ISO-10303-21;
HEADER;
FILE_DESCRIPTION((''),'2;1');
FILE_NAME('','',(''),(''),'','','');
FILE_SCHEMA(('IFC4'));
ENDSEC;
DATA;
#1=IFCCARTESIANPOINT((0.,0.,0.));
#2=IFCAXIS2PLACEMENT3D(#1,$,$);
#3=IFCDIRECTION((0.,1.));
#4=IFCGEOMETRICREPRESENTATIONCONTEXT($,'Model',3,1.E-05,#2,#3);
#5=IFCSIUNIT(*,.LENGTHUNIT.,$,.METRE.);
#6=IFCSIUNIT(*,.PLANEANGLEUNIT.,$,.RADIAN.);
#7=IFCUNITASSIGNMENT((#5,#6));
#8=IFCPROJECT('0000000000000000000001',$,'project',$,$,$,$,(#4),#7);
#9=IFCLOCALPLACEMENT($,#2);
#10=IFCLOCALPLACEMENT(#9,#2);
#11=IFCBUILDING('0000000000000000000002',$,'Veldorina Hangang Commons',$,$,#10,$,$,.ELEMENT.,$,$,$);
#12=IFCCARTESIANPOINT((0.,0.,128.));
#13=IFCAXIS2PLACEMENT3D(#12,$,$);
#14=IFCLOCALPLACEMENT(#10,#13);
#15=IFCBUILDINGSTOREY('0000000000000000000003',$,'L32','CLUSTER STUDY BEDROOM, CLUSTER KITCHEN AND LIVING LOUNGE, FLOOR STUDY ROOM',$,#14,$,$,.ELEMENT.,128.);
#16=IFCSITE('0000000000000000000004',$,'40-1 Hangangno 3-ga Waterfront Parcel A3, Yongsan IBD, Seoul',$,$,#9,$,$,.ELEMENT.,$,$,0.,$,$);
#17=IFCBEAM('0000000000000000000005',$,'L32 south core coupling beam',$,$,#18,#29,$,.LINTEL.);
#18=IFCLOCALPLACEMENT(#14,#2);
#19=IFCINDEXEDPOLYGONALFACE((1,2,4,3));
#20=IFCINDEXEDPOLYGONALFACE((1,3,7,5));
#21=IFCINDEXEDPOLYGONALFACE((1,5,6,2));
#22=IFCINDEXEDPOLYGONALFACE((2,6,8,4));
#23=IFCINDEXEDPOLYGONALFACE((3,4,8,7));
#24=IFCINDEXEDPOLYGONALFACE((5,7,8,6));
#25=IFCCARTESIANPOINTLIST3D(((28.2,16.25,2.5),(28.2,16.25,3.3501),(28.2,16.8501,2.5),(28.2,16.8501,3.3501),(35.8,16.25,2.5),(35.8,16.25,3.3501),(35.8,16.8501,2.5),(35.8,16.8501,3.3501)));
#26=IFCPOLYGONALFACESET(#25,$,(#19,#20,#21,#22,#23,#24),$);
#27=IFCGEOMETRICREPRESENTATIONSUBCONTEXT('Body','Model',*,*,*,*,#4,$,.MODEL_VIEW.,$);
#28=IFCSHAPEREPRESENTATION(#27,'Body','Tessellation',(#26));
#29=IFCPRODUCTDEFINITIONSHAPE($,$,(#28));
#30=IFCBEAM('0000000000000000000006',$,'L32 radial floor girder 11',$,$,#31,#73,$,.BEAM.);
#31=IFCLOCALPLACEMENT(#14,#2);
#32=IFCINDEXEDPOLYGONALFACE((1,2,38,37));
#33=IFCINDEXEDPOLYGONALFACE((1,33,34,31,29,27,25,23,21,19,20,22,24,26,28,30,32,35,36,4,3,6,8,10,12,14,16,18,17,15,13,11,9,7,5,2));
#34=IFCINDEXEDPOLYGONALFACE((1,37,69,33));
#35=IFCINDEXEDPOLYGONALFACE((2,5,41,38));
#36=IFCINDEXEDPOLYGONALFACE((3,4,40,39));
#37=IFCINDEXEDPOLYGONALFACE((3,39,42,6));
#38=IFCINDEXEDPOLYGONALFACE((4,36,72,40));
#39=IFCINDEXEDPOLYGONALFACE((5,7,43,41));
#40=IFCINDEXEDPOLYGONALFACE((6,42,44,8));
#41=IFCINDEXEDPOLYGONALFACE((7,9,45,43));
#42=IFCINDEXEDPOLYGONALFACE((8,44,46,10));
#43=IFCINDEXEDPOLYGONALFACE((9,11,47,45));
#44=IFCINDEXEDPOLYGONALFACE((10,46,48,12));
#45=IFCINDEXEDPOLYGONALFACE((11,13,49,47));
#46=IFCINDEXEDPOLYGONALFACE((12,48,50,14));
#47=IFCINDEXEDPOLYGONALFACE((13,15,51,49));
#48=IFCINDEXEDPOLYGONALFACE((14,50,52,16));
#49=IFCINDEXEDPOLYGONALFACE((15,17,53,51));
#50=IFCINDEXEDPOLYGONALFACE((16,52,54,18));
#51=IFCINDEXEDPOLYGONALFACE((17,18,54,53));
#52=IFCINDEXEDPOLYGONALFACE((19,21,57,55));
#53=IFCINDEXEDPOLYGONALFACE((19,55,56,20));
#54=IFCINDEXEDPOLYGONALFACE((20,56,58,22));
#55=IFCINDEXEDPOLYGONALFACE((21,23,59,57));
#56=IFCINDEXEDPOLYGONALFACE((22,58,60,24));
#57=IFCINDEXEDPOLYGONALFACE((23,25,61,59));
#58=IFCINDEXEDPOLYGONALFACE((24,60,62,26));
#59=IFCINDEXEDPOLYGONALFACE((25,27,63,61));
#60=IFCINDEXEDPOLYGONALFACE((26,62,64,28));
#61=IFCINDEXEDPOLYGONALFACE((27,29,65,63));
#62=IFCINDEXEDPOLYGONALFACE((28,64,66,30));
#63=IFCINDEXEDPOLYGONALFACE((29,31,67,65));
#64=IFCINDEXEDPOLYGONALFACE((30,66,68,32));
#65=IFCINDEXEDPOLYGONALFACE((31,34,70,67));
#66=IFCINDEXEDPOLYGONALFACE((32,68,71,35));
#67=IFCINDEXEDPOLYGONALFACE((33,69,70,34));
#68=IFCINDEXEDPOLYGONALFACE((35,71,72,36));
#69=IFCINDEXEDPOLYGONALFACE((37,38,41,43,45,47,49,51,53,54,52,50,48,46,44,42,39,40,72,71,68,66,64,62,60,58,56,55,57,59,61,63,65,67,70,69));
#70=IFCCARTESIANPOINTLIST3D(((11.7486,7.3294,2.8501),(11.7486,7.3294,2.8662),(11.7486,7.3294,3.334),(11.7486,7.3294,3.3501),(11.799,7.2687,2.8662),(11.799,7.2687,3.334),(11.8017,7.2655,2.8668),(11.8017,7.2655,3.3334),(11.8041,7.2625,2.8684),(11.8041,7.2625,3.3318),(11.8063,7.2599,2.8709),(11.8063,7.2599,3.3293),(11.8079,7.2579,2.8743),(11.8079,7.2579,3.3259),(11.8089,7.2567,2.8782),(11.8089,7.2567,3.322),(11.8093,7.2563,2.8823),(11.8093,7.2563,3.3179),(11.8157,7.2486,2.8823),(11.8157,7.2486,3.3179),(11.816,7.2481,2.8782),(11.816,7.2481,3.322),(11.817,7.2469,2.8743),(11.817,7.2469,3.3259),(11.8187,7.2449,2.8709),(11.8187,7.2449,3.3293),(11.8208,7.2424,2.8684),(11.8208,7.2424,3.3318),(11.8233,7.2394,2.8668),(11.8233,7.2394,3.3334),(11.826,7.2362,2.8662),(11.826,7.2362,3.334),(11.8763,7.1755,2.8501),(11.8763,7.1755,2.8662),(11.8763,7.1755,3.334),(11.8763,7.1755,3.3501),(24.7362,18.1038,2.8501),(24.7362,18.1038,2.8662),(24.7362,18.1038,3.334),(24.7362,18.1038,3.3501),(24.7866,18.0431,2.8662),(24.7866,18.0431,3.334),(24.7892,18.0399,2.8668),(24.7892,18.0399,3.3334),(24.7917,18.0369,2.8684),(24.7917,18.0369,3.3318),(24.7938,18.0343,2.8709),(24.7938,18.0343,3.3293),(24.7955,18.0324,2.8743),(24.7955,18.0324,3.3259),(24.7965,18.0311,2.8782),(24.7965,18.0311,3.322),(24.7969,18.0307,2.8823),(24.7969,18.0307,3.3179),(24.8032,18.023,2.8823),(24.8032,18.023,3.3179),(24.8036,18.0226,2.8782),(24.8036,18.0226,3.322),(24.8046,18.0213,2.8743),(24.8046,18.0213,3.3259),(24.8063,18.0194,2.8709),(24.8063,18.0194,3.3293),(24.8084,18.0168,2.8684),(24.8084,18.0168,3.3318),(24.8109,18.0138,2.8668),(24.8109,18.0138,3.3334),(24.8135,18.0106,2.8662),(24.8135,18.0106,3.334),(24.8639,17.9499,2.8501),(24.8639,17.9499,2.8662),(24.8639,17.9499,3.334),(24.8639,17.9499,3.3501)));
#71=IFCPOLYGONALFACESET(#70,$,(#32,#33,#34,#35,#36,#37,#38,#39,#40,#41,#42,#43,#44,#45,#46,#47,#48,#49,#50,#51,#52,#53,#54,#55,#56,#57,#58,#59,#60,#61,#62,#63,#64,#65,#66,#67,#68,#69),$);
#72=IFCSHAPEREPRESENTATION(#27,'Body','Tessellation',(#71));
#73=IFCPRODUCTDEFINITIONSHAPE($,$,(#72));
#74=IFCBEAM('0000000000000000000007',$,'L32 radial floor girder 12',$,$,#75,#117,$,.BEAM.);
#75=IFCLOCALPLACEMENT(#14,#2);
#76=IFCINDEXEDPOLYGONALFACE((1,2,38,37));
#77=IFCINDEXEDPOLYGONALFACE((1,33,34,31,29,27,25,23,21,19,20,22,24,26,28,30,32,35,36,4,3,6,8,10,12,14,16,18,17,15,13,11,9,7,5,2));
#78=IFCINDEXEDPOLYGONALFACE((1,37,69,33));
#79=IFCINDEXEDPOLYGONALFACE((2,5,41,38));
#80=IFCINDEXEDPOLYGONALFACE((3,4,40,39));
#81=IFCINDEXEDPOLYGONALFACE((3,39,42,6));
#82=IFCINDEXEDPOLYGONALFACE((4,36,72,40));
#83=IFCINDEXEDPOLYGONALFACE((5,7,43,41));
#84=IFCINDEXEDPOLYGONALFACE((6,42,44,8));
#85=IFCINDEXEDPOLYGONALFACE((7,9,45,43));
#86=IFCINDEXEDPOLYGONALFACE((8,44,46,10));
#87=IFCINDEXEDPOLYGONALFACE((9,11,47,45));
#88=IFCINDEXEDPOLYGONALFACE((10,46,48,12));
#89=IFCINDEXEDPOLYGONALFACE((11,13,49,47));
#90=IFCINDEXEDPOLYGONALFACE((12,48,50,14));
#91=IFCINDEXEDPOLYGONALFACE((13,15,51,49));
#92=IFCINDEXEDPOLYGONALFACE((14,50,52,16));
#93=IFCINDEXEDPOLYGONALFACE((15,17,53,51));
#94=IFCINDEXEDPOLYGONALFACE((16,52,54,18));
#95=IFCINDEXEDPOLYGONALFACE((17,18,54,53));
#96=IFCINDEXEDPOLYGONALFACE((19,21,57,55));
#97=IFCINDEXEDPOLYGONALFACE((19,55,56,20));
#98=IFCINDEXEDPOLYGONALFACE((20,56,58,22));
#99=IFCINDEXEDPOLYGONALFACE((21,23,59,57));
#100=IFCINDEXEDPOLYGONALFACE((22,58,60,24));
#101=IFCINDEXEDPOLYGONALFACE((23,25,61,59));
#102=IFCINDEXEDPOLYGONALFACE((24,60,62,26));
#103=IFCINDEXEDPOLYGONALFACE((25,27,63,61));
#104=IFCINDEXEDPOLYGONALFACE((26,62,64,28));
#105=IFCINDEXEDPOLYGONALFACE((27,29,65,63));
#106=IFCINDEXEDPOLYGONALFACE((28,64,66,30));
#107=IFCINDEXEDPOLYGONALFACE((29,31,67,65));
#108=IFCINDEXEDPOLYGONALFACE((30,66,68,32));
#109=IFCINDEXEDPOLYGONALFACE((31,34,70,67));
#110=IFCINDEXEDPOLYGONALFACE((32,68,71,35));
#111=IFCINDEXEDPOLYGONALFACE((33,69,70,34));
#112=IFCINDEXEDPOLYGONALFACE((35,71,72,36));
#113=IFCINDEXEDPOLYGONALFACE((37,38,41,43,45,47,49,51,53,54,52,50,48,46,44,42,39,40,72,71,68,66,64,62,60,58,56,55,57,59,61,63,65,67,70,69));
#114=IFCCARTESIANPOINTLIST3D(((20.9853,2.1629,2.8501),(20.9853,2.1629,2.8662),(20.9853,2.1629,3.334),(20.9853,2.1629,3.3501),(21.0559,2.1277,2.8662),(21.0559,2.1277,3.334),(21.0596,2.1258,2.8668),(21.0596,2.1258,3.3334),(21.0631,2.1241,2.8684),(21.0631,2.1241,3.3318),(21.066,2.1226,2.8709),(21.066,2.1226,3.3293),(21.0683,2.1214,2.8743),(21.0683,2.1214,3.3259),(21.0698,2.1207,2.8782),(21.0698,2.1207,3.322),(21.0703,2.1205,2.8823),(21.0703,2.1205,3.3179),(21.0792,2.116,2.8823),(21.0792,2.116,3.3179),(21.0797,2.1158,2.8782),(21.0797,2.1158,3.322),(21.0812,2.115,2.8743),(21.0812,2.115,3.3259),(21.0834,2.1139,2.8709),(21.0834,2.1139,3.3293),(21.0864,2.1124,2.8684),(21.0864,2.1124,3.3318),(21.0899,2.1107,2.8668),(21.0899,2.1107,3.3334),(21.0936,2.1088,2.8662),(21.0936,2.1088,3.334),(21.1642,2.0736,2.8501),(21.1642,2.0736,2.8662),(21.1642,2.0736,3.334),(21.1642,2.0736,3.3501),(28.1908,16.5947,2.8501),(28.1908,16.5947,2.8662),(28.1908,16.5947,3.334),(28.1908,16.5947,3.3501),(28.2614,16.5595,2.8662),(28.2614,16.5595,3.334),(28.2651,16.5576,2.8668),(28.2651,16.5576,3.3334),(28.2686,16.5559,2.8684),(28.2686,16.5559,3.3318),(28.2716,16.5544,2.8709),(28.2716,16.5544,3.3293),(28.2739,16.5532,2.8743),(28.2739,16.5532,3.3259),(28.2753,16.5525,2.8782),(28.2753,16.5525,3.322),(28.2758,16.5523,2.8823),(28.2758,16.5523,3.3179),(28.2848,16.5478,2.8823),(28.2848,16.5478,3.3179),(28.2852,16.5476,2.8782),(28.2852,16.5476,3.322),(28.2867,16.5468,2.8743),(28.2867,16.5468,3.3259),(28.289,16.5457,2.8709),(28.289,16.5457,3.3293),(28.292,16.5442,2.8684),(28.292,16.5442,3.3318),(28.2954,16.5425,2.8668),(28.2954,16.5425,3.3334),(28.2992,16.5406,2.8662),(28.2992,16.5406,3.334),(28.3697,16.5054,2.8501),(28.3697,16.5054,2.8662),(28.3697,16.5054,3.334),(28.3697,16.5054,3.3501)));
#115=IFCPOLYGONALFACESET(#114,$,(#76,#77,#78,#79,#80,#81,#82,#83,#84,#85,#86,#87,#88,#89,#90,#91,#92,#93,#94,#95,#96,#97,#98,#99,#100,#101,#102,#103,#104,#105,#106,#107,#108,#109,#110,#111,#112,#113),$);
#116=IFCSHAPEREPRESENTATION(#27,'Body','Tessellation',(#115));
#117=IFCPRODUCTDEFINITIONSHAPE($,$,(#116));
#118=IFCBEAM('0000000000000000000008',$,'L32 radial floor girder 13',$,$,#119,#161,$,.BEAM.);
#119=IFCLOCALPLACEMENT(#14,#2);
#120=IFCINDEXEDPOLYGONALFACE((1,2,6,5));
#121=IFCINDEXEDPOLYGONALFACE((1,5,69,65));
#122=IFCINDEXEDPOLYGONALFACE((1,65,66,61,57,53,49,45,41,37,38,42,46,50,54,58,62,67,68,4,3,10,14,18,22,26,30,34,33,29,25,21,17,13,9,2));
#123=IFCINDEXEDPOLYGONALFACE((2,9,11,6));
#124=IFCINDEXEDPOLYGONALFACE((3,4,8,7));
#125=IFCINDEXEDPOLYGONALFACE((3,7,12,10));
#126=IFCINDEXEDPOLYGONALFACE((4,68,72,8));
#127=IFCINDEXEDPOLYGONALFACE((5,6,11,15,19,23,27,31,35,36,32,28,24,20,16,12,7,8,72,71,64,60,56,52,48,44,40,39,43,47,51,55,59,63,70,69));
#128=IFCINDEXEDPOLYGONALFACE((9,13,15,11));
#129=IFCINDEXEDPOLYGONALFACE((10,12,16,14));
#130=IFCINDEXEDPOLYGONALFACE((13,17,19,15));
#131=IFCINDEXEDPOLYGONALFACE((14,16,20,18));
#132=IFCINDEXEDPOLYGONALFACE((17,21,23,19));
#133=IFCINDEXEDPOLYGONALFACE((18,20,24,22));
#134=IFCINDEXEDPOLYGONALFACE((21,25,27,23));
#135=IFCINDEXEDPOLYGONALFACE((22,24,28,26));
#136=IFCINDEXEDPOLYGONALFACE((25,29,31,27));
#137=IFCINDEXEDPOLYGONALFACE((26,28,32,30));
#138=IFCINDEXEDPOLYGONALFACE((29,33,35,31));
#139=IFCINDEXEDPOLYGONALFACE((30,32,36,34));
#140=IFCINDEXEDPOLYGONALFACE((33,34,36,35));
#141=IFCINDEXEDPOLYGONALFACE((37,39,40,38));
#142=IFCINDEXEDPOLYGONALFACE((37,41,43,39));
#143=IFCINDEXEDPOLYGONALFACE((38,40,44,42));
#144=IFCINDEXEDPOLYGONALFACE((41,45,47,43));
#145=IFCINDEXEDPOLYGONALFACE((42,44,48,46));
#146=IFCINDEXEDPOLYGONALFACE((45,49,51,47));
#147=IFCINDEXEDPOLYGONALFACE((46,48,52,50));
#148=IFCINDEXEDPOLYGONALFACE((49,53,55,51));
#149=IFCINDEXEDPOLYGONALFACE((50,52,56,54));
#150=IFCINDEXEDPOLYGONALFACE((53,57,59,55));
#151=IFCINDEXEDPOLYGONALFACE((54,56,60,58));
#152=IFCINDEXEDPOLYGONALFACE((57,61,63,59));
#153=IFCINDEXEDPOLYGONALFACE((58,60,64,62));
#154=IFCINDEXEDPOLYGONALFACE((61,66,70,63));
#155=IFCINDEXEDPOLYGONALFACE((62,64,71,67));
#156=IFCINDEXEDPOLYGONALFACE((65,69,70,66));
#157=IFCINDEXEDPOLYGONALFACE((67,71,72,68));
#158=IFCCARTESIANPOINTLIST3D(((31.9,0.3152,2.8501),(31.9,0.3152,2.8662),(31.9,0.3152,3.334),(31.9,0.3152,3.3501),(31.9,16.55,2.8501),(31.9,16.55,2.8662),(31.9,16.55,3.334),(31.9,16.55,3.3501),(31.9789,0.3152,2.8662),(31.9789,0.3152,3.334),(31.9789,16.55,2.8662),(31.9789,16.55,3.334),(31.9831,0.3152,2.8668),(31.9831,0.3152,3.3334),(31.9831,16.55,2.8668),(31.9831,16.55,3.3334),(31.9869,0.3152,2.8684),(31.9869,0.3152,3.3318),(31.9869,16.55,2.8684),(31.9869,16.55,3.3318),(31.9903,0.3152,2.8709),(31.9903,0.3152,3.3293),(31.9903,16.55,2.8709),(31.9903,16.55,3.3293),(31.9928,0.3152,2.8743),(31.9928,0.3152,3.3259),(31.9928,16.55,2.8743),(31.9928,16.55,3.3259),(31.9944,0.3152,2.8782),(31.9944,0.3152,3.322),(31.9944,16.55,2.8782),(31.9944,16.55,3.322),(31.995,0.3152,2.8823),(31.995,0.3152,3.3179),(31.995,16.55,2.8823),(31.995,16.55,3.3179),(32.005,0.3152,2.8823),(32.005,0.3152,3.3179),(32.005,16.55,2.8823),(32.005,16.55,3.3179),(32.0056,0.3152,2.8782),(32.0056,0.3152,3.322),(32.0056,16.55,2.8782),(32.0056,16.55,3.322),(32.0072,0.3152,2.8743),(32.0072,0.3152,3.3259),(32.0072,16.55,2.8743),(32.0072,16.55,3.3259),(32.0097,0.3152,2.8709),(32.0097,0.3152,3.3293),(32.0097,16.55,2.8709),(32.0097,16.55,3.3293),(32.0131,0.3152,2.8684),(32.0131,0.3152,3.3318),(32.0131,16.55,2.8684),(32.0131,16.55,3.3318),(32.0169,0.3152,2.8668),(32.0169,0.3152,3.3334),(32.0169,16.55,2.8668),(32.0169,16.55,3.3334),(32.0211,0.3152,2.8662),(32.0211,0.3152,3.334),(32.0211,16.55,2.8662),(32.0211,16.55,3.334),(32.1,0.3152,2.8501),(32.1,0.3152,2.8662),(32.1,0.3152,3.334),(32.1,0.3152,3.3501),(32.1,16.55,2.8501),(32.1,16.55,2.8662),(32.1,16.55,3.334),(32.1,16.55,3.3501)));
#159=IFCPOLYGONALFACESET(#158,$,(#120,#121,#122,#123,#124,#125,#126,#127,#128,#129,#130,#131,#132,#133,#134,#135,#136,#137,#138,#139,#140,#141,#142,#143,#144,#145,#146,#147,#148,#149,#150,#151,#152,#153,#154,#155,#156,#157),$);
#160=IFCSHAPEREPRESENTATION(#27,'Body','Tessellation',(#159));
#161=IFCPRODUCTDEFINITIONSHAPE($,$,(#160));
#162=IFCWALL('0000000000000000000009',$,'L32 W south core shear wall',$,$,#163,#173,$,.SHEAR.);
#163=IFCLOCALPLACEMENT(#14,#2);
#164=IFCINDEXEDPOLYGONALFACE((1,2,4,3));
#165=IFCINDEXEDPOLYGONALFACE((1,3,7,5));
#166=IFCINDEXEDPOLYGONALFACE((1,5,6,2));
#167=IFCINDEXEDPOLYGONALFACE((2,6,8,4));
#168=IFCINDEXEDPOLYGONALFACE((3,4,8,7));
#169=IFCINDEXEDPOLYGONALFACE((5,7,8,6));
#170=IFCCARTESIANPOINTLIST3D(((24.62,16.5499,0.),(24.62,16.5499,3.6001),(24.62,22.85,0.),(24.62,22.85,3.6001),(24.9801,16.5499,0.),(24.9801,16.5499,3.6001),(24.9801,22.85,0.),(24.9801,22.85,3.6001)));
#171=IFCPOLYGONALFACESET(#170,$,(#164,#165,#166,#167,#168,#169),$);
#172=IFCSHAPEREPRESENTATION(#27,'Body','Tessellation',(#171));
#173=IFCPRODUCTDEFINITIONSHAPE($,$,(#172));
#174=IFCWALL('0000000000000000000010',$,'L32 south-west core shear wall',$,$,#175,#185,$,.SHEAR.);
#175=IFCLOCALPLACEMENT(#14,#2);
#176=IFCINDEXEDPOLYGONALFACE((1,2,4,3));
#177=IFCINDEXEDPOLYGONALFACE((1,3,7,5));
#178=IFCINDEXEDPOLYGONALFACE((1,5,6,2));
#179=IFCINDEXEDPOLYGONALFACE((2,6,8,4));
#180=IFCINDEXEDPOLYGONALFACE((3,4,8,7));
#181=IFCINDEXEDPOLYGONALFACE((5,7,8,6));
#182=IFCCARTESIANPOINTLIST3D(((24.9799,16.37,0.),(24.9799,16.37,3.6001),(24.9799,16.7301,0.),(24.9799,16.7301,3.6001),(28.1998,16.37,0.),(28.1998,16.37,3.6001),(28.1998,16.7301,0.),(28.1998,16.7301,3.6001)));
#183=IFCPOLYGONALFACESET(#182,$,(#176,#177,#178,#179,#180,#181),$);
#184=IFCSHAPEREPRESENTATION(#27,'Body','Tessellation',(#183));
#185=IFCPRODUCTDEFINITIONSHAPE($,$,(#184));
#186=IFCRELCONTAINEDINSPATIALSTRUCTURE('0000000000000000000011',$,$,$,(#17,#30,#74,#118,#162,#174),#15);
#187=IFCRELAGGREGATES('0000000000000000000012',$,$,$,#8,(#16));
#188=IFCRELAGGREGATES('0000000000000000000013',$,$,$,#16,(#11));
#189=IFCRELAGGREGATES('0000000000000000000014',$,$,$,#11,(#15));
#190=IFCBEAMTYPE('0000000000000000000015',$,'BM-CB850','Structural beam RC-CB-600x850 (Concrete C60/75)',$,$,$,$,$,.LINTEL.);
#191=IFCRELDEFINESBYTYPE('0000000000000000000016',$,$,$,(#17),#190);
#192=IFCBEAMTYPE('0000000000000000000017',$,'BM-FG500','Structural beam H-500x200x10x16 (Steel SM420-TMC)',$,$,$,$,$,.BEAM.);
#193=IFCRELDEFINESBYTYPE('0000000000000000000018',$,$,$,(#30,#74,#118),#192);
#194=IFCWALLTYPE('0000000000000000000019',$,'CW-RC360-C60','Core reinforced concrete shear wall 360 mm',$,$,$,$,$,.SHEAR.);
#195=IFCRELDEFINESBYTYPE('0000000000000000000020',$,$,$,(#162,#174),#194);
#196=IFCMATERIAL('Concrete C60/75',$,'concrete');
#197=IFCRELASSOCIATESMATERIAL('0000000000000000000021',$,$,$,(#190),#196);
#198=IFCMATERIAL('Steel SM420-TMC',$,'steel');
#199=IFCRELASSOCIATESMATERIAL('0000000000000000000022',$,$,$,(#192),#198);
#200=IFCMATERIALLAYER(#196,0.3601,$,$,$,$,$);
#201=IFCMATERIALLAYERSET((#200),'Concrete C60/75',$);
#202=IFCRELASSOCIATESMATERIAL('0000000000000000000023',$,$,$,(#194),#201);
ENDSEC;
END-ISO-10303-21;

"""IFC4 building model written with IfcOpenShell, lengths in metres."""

from ifc_helpers import new_model, si_unit, direction, frame, frame_2d, origin, origin_2d, place, context, subcontext, project, spatial, rectangle, i_section, extrude, material, layer, layer_set, material_profile, profile_set, type_object, element, save


model = new_model("IFC4")

# Units and contexts
model_context = context("Model", 3, precision=1e-05, world=origin(), true_north=direction((0.0, 1.0)))
body_context = subcontext(model_context, "Body", "Model", "MODEL_VIEW")
ifc_project = project(units=[si_unit("LENGTHUNIT", "METRE"), si_unit("PLANEANGLEUNIT", "RADIAN")], contexts=[model_context])

# Site, building, storey
site_placement = place(None, origin())
site = spatial("IfcSite", under=ifc_project, at=site_placement, Name="40-1 Hangangno 3-ga Waterfront Parcel A3, Yongsan IBD, Seoul", CompositionType="ELEMENT", RefElevation=0.0)
building_placement = place(site_placement, origin())
building = spatial("IfcBuilding", under=site, at=building_placement, Name="Veldorina Hangang Commons", CompositionType="ELEMENT")
storey_placement = place(building_placement, frame((0.0, 0.0, 128.0)))
storey = spatial("IfcBuildingStorey", under=building, at=storey_placement, Name="L32", Description="CLUSTER STUDY BEDROOM, CLUSTER KITCHEN AND LIVING LOUNGE, FLOOR STUDY ROOM", CompositionType="ELEMENT", Elevation=128.0)

# Beams
ifc_material_1 = material(Name="Concrete C60/75", Category="concrete")
ifc_material_profile_1 = material_profile(ifc_material_1, rectangle(XDim=0.6001, YDim=0.8501, at=origin_2d()), Name="RC-CB-600x850")
ifc_profile_set_1 = profile_set([ifc_material_profile_1], Name="Concrete C60/75")
beam_type_1 = type_object("IfcBeamType", Name="BM-CB850", Description="Structural beam RC-CB-600x850 (Concrete C60/75)", PredefinedType="LINTEL", material=ifc_profile_set_1)
beam_1_placement = place(storey_placement, frame((28.2, 16.55, 2.925), z_axis=(1.0, 0.0, 0.0), x_axis=(0.0, 1.0, 0.0)))
element("IfcBeam", 1, at=beam_1_placement, inside=storey, type_object=beam_type_1, Name="L32 south core coupling beam", PredefinedType="LINTEL", context=body_context, shape_type="SweptSolid", body=[
    extrude(rectangle(XDim=0.6001, YDim=0.8501, at=origin_2d()), origin(), (0.0, 0.0, 1.0), 7.6001),
])
ifc_material_2 = material(Name="Steel SM420-TMC", Category="steel")
ifc_material_profile_2 = material_profile(ifc_material_2, i_section(OverallWidth=0.2, OverallDepth=0.5, WebThickness=0.01, FlangeThickness=0.0161, FilletRadius=0.0161, at=origin_2d()), Name="H-500x200x10x16")
ifc_profile_set_2 = profile_set([ifc_material_profile_2], Name="Steel SM420-TMC")
beam_type_2 = type_object("IfcBeamType", Name="BM-FG500", Description="Structural beam H-500x200x10x16 (Steel SM420-TMC)", PredefinedType="BEAM", material=ifc_profile_set_2)
beam_2_placement = place(storey_placement, frame((24.8, 18.0269, 3.1001), z_axis=(-0.769634, -0.638485, 0.0), x_axis=(0.638485, -0.769634, 0.0)))
element("IfcBeam", 2, at=beam_2_placement, inside=storey, type_object=beam_type_2, Name="L32 radial floor girder 11", PredefinedType="BEAM", context=body_context, shape_type="SweptSolid", body=[
    extrude(i_section(OverallWidth=0.2, OverallDepth=0.5, WebThickness=0.01, FlangeThickness=0.0161, FilletRadius=0.0161, at=origin_2d()), origin(), (0.0, 0.0, 1.0), 16.875),
])
beam_3_placement = place(storey_placement, frame((28.2803, 16.55, 3.1001), z_axis=(-0.446699, -0.894684, 0.0), x_axis=(0.894684, -0.446699, 0.0)))
element("IfcBeam", 3, at=beam_3_placement, inside=storey, type_object=beam_type_2, Name="L32 radial floor girder 12", PredefinedType="BEAM", context=body_context, shape_type="SweptSolid", body=[
    extrude(i_section(OverallWidth=0.2, OverallDepth=0.5, WebThickness=0.01, FlangeThickness=0.0161, FilletRadius=0.0161, at=origin_2d()), origin(), (0.0, 0.0, 1.0), 16.1306),
])
beam_4_placement = place(storey_placement, frame((32.0, 16.55, 3.1001), z_axis=(0.0, -1.0, 0.0), x_axis=(1.0, 0.0, 0.0)))
element("IfcBeam", 4, at=beam_4_placement, inside=storey, type_object=beam_type_2, Name="L32 radial floor girder 13", PredefinedType="BEAM", context=body_context, shape_type="SweptSolid", body=[
    extrude(i_section(OverallWidth=0.2, OverallDepth=0.5, WebThickness=0.01, FlangeThickness=0.0161, FilletRadius=0.0161, at=origin_2d()), origin(), (0.0, 0.0, 1.0), 16.2349),
])

# Walls
ifc_layer_1 = layer(ifc_material_1, 0.3601)
ifc_layer_set_1 = layer_set([ifc_layer_1], Name="Concrete C60/75")
wall_type_1 = type_object("IfcWallType", Name="CW-RC360-C60", Description="Core reinforced concrete shear wall 360 mm", PredefinedType="SHEAR", material=ifc_layer_set_1)
wall_1_placement = place(storey_placement, frame((24.8, 16.55, 0.0), z_axis=(0.0, 0.0, 1.0), x_axis=(0.0, 1.0, 0.0)))
element("IfcWall", 5, at=wall_1_placement, inside=storey, type_object=wall_type_1, Name="L32 W south core shear wall", PredefinedType="SHEAR", context=body_context, shape_type="SweptSolid", body=[
    extrude(rectangle(XDim=6.3, YDim=0.3601, at=frame_2d((3.1499, 0.0))), origin(), (0.0, 0.0, 1.0), 3.6001),
])
wall_2_placement = place(storey_placement, frame((24.98, 16.55, 0.0), z_axis=(0.0, 0.0, 1.0), x_axis=(1.0, 0.0, 0.0)))
element("IfcWall", 6, at=wall_2_placement, inside=storey, type_object=wall_type_1, Name="L32 south-west core shear wall", PredefinedType="SHEAR", context=body_context, shape_type="SweptSolid", body=[
    extrude(rectangle(XDim=3.22, YDim=0.3601, at=frame_2d((1.6099, 0.0))), origin(), (0.0, 0.0, 1.0), 3.6001),
])

save(model, "model.ifc")
